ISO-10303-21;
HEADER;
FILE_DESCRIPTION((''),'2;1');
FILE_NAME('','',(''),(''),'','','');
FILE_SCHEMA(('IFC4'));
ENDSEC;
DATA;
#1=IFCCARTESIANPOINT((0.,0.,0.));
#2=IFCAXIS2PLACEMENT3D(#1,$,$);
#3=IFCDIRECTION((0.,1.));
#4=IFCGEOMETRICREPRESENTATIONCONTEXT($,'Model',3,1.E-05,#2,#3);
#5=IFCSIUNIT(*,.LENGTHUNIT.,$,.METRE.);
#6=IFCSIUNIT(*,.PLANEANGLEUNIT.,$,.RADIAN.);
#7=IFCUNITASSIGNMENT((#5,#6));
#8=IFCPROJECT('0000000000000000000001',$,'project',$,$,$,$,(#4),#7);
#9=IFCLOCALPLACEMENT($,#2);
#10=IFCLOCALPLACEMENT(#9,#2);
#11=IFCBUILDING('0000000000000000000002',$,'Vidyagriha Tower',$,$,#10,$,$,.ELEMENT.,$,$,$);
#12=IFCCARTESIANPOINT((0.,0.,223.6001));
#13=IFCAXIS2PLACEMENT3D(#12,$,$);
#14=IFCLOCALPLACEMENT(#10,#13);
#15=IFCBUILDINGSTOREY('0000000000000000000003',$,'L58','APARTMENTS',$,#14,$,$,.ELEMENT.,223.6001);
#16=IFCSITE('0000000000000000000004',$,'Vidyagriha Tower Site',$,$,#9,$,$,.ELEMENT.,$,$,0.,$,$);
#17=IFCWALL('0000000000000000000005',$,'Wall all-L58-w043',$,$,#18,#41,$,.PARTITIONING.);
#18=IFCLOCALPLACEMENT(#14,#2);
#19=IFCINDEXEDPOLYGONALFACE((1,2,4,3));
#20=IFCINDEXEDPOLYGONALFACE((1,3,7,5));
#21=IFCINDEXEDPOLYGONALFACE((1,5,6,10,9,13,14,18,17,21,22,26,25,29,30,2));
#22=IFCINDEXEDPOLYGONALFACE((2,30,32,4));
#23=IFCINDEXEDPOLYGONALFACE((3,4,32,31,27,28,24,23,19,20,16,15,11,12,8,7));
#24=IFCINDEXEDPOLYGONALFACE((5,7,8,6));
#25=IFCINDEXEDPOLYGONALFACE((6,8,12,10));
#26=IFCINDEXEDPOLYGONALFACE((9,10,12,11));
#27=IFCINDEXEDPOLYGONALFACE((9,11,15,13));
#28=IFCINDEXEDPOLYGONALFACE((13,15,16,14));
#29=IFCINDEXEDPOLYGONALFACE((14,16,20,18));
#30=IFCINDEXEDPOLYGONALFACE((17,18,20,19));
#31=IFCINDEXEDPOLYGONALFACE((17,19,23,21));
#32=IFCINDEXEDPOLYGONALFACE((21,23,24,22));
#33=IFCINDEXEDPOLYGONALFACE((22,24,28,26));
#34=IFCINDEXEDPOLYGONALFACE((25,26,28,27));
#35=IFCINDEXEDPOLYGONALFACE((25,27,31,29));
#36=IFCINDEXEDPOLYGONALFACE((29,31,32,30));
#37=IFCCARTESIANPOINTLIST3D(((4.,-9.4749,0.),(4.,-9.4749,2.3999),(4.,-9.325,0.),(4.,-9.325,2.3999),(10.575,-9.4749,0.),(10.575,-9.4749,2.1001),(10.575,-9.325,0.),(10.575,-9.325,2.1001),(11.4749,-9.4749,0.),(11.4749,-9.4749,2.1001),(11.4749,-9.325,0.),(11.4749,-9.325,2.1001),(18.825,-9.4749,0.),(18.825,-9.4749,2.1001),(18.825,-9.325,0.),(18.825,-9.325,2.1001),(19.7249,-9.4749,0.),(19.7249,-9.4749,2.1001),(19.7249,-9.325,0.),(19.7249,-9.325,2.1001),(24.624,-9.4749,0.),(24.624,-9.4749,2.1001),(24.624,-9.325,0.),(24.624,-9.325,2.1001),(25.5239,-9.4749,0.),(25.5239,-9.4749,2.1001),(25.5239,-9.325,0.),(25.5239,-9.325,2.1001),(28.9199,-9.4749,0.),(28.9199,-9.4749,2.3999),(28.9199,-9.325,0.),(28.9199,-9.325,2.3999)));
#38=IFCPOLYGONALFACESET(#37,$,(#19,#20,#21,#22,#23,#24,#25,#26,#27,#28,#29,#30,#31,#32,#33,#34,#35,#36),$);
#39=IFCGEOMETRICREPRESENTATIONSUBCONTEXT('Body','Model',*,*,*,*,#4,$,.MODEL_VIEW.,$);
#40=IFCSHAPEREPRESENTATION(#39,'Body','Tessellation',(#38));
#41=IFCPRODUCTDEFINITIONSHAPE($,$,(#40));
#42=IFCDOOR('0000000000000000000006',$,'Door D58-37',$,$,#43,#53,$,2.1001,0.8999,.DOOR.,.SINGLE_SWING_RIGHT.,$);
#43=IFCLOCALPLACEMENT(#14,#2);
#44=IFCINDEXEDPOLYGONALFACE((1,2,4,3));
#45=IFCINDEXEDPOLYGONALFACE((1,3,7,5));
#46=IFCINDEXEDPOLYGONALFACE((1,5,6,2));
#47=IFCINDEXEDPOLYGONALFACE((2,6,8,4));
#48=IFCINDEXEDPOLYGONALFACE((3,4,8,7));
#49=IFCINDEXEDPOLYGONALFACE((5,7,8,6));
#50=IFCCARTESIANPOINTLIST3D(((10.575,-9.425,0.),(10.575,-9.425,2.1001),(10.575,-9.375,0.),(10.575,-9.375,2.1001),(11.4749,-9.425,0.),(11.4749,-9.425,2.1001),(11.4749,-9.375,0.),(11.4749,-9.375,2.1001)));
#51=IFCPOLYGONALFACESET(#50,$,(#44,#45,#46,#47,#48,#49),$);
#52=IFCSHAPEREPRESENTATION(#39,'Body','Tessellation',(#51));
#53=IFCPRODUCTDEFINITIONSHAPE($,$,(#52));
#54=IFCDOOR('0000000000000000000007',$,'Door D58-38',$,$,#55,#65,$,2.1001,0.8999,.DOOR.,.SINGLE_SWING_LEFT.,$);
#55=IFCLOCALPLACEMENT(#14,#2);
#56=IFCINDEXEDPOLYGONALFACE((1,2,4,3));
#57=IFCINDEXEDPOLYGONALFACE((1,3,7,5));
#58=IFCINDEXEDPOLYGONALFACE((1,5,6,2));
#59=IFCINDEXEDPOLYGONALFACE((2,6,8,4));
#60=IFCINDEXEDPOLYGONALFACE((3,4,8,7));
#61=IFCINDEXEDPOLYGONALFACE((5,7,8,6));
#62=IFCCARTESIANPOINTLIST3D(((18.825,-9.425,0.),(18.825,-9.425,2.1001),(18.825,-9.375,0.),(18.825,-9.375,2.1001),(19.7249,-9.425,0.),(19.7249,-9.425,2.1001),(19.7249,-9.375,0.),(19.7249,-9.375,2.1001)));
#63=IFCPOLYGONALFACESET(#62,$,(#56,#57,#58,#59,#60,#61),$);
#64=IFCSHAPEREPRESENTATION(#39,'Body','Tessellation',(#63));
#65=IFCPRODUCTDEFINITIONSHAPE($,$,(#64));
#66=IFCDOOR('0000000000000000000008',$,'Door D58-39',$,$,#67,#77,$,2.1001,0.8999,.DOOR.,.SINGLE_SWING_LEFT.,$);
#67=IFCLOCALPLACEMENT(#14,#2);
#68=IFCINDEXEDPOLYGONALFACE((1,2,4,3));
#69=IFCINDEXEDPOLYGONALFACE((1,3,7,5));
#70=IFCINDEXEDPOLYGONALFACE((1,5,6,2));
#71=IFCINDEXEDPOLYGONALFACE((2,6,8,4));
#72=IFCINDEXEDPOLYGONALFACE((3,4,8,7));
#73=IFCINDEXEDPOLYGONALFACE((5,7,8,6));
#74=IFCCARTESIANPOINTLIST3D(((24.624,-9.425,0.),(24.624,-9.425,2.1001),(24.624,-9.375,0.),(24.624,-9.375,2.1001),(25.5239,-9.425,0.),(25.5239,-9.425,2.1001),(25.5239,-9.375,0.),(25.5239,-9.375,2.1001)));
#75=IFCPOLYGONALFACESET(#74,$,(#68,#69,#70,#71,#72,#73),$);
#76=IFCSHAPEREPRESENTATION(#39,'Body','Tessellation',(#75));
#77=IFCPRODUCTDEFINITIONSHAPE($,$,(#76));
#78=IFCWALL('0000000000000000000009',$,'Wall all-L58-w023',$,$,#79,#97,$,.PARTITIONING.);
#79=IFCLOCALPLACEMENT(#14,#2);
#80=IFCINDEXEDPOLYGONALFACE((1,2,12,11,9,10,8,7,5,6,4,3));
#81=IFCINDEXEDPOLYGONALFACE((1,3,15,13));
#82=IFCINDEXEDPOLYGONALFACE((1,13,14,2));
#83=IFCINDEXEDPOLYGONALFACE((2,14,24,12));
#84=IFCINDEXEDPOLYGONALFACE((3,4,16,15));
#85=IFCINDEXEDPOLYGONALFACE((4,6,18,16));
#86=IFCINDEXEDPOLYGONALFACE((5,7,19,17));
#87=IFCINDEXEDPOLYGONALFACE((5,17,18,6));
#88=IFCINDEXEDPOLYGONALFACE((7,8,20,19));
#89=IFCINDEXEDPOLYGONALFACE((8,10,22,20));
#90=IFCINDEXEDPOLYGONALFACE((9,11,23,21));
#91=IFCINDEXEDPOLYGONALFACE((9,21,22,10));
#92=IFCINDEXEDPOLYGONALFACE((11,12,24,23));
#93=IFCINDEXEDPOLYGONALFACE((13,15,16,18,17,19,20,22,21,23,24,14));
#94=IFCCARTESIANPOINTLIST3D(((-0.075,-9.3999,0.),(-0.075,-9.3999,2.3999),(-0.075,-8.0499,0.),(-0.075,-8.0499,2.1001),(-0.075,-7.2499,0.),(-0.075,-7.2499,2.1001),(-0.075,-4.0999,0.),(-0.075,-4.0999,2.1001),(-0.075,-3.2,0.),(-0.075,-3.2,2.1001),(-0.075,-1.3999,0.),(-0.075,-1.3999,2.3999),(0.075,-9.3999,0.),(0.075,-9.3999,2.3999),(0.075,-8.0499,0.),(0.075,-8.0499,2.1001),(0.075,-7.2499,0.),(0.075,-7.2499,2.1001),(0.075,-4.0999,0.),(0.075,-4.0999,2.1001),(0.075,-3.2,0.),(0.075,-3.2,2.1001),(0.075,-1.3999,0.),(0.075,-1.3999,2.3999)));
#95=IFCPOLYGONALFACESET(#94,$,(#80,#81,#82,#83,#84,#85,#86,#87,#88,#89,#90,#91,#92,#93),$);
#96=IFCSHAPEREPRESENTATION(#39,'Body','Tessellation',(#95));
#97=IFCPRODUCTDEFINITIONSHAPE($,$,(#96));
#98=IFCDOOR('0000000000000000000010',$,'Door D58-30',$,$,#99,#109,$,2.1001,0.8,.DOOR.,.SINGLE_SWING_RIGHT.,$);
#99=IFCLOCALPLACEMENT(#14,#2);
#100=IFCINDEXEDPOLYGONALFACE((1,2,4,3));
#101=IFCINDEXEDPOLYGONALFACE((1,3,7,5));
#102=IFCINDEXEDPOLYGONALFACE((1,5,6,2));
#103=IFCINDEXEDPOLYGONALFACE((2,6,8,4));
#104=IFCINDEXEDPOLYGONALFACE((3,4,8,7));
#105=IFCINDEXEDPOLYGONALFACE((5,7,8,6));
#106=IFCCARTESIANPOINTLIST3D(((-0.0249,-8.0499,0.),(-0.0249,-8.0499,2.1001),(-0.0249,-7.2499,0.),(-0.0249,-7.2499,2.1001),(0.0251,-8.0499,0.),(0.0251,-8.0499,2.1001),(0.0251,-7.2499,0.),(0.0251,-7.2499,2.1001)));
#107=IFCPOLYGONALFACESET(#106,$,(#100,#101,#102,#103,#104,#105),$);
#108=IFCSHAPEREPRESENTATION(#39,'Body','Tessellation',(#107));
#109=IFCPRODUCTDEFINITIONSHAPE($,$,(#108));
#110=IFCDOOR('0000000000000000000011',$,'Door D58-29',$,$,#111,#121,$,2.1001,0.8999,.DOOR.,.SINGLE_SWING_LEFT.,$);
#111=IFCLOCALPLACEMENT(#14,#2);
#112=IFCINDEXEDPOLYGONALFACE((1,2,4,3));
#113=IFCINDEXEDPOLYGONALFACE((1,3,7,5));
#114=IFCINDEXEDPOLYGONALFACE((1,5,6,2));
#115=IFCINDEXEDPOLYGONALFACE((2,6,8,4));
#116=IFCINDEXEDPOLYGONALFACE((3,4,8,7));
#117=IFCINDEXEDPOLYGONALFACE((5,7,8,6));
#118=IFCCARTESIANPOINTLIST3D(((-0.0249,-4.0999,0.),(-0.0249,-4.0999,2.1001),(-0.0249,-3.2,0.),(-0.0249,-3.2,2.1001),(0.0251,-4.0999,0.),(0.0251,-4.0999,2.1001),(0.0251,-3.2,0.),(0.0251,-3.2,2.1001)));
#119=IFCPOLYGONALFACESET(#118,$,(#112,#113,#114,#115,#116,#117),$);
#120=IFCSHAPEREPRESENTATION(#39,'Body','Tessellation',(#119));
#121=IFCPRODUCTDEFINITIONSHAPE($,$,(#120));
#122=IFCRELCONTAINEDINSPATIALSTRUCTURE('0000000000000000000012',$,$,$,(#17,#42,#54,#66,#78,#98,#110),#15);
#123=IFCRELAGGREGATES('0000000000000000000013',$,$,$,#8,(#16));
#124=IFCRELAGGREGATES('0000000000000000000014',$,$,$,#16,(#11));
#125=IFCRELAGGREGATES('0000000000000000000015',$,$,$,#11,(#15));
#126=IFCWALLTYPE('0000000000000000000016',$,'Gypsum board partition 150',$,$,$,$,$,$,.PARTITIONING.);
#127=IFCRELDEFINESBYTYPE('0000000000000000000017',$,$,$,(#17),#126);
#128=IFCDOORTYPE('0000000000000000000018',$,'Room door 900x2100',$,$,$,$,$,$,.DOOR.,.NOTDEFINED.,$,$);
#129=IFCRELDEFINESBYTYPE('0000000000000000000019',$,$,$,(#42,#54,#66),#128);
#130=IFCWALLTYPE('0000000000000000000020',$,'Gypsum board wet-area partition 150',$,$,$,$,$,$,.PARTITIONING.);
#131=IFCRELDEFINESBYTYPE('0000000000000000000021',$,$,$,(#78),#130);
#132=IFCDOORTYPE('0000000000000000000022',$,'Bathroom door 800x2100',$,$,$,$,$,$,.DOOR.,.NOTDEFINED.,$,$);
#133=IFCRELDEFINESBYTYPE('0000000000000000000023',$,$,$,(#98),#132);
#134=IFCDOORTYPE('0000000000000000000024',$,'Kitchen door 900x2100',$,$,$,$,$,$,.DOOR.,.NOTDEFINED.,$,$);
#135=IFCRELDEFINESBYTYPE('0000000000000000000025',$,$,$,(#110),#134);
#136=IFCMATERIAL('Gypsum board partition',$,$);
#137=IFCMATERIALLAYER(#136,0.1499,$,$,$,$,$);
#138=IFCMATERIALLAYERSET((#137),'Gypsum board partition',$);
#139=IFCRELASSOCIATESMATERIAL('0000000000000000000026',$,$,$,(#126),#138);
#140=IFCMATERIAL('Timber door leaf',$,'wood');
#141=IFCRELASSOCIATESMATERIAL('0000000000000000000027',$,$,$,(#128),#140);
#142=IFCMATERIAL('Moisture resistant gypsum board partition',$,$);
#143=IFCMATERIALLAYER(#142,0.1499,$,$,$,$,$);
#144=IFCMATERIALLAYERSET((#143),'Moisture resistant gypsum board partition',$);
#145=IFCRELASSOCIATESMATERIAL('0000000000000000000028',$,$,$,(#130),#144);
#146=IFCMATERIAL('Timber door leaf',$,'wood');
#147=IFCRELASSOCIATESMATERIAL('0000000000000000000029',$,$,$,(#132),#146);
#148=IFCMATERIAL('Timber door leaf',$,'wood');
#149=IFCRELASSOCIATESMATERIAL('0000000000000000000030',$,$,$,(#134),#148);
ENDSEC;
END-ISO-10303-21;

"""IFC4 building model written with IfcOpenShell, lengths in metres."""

from ifc_helpers import new_model, si_unit, direction, frame, frame_2d, origin, place, context, subcontext, project, spatial, rectangle, extrude, material, layer, layer_set, type_object, element, fill, save


model = new_model("IFC4")

# Units and contexts
model_context = context("Model", 3, precision=1e-05, world=origin(), true_north=direction((0.0, 1.0)))
body_context = subcontext(model_context, "Body", "Model", "MODEL_VIEW")
ifc_project = project(units=[si_unit("LENGTHUNIT", "METRE"), si_unit("PLANEANGLEUNIT", "RADIAN")], contexts=[model_context])

# Site, building, storey
site_placement = place(None, origin())
site = spatial("IfcSite", under=ifc_project, at=site_placement, Name="Vidyagriha Tower Site", CompositionType="ELEMENT", RefElevation=0.0)
building_placement = place(site_placement, origin())
building = spatial("IfcBuilding", under=site, at=building_placement, Name="Vidyagriha Tower", CompositionType="ELEMENT")
storey_placement = place(building_placement, frame((0.0, 0.0, 223.6001)))
storey = spatial("IfcBuildingStorey", under=building, at=storey_placement, Name="L58", Description="APARTMENTS", CompositionType="ELEMENT", Elevation=223.6001)

# Shared definitions
ifc_material_1 = material(Name="Gypsum board partition")
ifc_layer_1 = layer(ifc_material_1, 0.1499)
ifc_layer_set_1 = layer_set([ifc_layer_1], Name="Gypsum board partition")
wall_type_1 = type_object("IfcWallType", Name="Gypsum board partition 150", PredefinedType="PARTITIONING", material=ifc_layer_set_1)

# Walls, openings, doors
ifc_material_2 = material(Name="Timber door leaf", Category="wood")
door_type_1 = type_object("IfcDoorType", Name="Room door 900x2100", OperationType="NOTDEFINED", PredefinedType="DOOR", material=ifc_material_2)
wall_1_placement = place(storey_placement, frame((4.0, -9.3999, 0.0)))
wall_1 = element("IfcWall", 1, at=wall_1_placement, inside=storey, type_object=wall_type_1, Name="Wall all-L58-w043", PredefinedType="PARTITIONING", context=body_context, shape_type="SweptSolid", body=[
    extrude(rectangle(XDim=24.9199, YDim=0.1499, at=frame_2d((12.46, 0.0))), origin(), (0.0, 0.0, 1.0), 2.3999),
])
opening_1_placement = place(wall_1_placement, frame((6.575, 0.0, 0.0)))
opening_1 = element("IfcOpeningElement", 2, at=opening_1_placement, cuts=wall_1, PredefinedType="OPENING", context=body_context, shape_type="SweptSolid", body=[
    extrude(rectangle(XDim=0.8999, YDim=2.1001, at=frame_2d((0.45, 1.05))), frame((0.0, 0.085, 0.0), z_axis=(0.0, -1.0, 0.0), x_axis=(1.0, 0.0, 0.0)), (0.0, 0.0, 1.0), 0.1699),
])
opening_2_placement = place(wall_1_placement, frame((14.825, 0.0, 0.0)))
opening_2 = element("IfcOpeningElement", 3, at=opening_2_placement, cuts=wall_1, PredefinedType="OPENING", context=body_context, shape_type="SweptSolid", body=[
    extrude(rectangle(XDim=0.8999, YDim=2.1001, at=frame_2d((0.45, 1.05))), frame((0.0, 0.085, 0.0), z_axis=(0.0, -1.0, 0.0), x_axis=(1.0, 0.0, 0.0)), (0.0, 0.0, 1.0), 0.1699),
])
opening_3_placement = place(wall_1_placement, frame((20.624, 0.0, 0.0)))
opening_3 = element("IfcOpeningElement", 4, at=opening_3_placement, cuts=wall_1, PredefinedType="OPENING", context=body_context, shape_type="SweptSolid", body=[
    extrude(rectangle(XDim=0.8999, YDim=2.1001, at=frame_2d((0.45, 1.05))), frame((0.0, 0.085, 0.0), z_axis=(0.0, -1.0, 0.0), x_axis=(1.0, 0.0, 0.0)), (0.0, 0.0, 1.0), 0.1699),
])
door_1_placement = place(opening_1_placement, origin())
door_1 = element("IfcDoor", 5, at=door_1_placement, inside=storey, type_object=door_type_1, Name="Door D58-37", OperationType="SINGLE_SWING_RIGHT", OverallHeight=2.1001, OverallWidth=0.8999, PredefinedType="DOOR", context=body_context, shape_type="SweptSolid", body=[
    extrude(rectangle(XDim=0.8999, YDim=2.1001, at=frame_2d((0.45, 1.05))), frame((0.0, 0.0249, 0.0), z_axis=(0.0, -1.0, 0.0), x_axis=(1.0, 0.0, 0.0)), (0.0, 0.0, 1.0), 0.05),
])
fill(opening_1, door_1)
door_2_placement = place(opening_2_placement, origin())
door_2 = element("IfcDoor", 6, at=door_2_placement, inside=storey, type_object=door_type_1, Name="Door D58-38", OperationType="SINGLE_SWING_LEFT", OverallHeight=2.1001, OverallWidth=0.8999, PredefinedType="DOOR", context=body_context, shape_type="SweptSolid", body=[
    extrude(rectangle(XDim=0.8999, YDim=2.1001, at=frame_2d((0.45, 1.05))), frame((0.0, 0.0249, 0.0), z_axis=(0.0, -1.0, 0.0), x_axis=(1.0, 0.0, 0.0)), (0.0, 0.0, 1.0), 0.05),
])
fill(opening_2, door_2)
door_3_placement = place(opening_3_placement, origin())
door_3 = element("IfcDoor", 7, at=door_3_placement, inside=storey, type_object=door_type_1, Name="Door D58-39", OperationType="SINGLE_SWING_LEFT", OverallHeight=2.1001, OverallWidth=0.8999, PredefinedType="DOOR", context=body_context, shape_type="SweptSolid", body=[
    extrude(rectangle(XDim=0.8999, YDim=2.1001, at=frame_2d((0.45, 1.05))), frame((0.0, 0.0249, 0.0), z_axis=(0.0, -1.0, 0.0), x_axis=(1.0, 0.0, 0.0)), (0.0, 0.0, 1.0), 0.05),
])
fill(opening_3, door_3)
ifc_material_3 = material(Name="Moisture resistant gypsum board partition")
ifc_layer_2 = layer(ifc_material_3, 0.1499)
ifc_layer_set_2 = layer_set([ifc_layer_2], Name="Moisture resistant gypsum board partition")
wall_type_2 = type_object("IfcWallType", Name="Gypsum board wet-area partition 150", PredefinedType="PARTITIONING", material=ifc_layer_set_2)
wall_2_placement = place(storey_placement, frame((0.0, -9.3999, 0.0), z_axis=(0.0, 0.0, 1.0), x_axis=(0.0, 1.0, 0.0)))
wall_2 = element("IfcWall", 8, at=wall_2_placement, inside=storey, type_object=wall_type_2, Name="Wall all-L58-w023", PredefinedType="PARTITIONING", context=body_context, shape_type="SweptSolid", body=[
    extrude(rectangle(XDim=8.0, YDim=0.1499, at=frame_2d((4.0, 0.0))), origin(), (0.0, 0.0, 1.0), 2.3999),
])
opening_4_placement = place(wall_2_placement, frame((5.3, 0.0, 0.0)))
opening_4 = element("IfcOpeningElement", 9, at=opening_4_placement, cuts=wall_2, PredefinedType="OPENING", context=body_context, shape_type="SweptSolid", body=[
    extrude(rectangle(XDim=0.8999, YDim=2.1001, at=frame_2d((0.45, 1.05))), frame((0.0, 0.085, 0.0), z_axis=(0.0, -1.0, 0.0), x_axis=(1.0, 0.0, 0.0)), (0.0, 0.0, 1.0), 0.1699),
])
opening_5_placement = place(wall_2_placement, frame((1.3501, 0.0, 0.0)))
opening_5 = element("IfcOpeningElement", 10, at=opening_5_placement, cuts=wall_2, PredefinedType="OPENING", context=body_context, shape_type="SweptSolid", body=[
    extrude(rectangle(XDim=0.8, YDim=2.1001, at=frame_2d((0.3999, 1.05))), frame((0.0, 0.085, 0.0), z_axis=(0.0, -1.0, 0.0), x_axis=(1.0, 0.0, 0.0)), (0.0, 0.0, 1.0), 0.1699),
])
ifc_material_4 = material(Name="Timber door leaf", Category="wood")
door_type_2 = type_object("IfcDoorType", Name="Bathroom door 800x2100", OperationType="NOTDEFINED", PredefinedType="DOOR", material=ifc_material_4)
door_4_placement = place(opening_5_placement, origin())
door_4 = element("IfcDoor", 11, at=door_4_placement, inside=storey, type_object=door_type_2, Name="Door D58-30", OperationType="SINGLE_SWING_RIGHT", OverallHeight=2.1001, OverallWidth=0.8, PredefinedType="DOOR", context=body_context, shape_type="SweptSolid", body=[
    extrude(rectangle(XDim=0.8, YDim=2.1001, at=frame_2d((0.3999, 1.05))), frame((0.0, 0.0249, 0.0), z_axis=(0.0, -1.0, 0.0), x_axis=(1.0, 0.0, 0.0)), (0.0, 0.0, 1.0), 0.05),
])
fill(opening_5, door_4)
ifc_material_5 = material(Name="Timber door leaf", Category="wood")
door_type_3 = type_object("IfcDoorType", Name="Kitchen door 900x2100", OperationType="NOTDEFINED", PredefinedType="DOOR", material=ifc_material_5)
door_5_placement = place(opening_4_placement, origin())
door_5 = element("IfcDoor", 12, at=door_5_placement, inside=storey, type_object=door_type_3, Name="Door D58-29", OperationType="SINGLE_SWING_LEFT", OverallHeight=2.1001, OverallWidth=0.8999, PredefinedType="DOOR", context=body_context, shape_type="SweptSolid", body=[
    extrude(rectangle(XDim=0.8999, YDim=2.1001, at=frame_2d((0.45, 1.05))), frame((0.0, 0.0249, 0.0), z_axis=(0.0, -1.0, 0.0), x_axis=(1.0, 0.0, 0.0)), (0.0, 0.0, 1.0), 0.05),
])
fill(opening_4, door_5)

save(model, "model.ifc")
